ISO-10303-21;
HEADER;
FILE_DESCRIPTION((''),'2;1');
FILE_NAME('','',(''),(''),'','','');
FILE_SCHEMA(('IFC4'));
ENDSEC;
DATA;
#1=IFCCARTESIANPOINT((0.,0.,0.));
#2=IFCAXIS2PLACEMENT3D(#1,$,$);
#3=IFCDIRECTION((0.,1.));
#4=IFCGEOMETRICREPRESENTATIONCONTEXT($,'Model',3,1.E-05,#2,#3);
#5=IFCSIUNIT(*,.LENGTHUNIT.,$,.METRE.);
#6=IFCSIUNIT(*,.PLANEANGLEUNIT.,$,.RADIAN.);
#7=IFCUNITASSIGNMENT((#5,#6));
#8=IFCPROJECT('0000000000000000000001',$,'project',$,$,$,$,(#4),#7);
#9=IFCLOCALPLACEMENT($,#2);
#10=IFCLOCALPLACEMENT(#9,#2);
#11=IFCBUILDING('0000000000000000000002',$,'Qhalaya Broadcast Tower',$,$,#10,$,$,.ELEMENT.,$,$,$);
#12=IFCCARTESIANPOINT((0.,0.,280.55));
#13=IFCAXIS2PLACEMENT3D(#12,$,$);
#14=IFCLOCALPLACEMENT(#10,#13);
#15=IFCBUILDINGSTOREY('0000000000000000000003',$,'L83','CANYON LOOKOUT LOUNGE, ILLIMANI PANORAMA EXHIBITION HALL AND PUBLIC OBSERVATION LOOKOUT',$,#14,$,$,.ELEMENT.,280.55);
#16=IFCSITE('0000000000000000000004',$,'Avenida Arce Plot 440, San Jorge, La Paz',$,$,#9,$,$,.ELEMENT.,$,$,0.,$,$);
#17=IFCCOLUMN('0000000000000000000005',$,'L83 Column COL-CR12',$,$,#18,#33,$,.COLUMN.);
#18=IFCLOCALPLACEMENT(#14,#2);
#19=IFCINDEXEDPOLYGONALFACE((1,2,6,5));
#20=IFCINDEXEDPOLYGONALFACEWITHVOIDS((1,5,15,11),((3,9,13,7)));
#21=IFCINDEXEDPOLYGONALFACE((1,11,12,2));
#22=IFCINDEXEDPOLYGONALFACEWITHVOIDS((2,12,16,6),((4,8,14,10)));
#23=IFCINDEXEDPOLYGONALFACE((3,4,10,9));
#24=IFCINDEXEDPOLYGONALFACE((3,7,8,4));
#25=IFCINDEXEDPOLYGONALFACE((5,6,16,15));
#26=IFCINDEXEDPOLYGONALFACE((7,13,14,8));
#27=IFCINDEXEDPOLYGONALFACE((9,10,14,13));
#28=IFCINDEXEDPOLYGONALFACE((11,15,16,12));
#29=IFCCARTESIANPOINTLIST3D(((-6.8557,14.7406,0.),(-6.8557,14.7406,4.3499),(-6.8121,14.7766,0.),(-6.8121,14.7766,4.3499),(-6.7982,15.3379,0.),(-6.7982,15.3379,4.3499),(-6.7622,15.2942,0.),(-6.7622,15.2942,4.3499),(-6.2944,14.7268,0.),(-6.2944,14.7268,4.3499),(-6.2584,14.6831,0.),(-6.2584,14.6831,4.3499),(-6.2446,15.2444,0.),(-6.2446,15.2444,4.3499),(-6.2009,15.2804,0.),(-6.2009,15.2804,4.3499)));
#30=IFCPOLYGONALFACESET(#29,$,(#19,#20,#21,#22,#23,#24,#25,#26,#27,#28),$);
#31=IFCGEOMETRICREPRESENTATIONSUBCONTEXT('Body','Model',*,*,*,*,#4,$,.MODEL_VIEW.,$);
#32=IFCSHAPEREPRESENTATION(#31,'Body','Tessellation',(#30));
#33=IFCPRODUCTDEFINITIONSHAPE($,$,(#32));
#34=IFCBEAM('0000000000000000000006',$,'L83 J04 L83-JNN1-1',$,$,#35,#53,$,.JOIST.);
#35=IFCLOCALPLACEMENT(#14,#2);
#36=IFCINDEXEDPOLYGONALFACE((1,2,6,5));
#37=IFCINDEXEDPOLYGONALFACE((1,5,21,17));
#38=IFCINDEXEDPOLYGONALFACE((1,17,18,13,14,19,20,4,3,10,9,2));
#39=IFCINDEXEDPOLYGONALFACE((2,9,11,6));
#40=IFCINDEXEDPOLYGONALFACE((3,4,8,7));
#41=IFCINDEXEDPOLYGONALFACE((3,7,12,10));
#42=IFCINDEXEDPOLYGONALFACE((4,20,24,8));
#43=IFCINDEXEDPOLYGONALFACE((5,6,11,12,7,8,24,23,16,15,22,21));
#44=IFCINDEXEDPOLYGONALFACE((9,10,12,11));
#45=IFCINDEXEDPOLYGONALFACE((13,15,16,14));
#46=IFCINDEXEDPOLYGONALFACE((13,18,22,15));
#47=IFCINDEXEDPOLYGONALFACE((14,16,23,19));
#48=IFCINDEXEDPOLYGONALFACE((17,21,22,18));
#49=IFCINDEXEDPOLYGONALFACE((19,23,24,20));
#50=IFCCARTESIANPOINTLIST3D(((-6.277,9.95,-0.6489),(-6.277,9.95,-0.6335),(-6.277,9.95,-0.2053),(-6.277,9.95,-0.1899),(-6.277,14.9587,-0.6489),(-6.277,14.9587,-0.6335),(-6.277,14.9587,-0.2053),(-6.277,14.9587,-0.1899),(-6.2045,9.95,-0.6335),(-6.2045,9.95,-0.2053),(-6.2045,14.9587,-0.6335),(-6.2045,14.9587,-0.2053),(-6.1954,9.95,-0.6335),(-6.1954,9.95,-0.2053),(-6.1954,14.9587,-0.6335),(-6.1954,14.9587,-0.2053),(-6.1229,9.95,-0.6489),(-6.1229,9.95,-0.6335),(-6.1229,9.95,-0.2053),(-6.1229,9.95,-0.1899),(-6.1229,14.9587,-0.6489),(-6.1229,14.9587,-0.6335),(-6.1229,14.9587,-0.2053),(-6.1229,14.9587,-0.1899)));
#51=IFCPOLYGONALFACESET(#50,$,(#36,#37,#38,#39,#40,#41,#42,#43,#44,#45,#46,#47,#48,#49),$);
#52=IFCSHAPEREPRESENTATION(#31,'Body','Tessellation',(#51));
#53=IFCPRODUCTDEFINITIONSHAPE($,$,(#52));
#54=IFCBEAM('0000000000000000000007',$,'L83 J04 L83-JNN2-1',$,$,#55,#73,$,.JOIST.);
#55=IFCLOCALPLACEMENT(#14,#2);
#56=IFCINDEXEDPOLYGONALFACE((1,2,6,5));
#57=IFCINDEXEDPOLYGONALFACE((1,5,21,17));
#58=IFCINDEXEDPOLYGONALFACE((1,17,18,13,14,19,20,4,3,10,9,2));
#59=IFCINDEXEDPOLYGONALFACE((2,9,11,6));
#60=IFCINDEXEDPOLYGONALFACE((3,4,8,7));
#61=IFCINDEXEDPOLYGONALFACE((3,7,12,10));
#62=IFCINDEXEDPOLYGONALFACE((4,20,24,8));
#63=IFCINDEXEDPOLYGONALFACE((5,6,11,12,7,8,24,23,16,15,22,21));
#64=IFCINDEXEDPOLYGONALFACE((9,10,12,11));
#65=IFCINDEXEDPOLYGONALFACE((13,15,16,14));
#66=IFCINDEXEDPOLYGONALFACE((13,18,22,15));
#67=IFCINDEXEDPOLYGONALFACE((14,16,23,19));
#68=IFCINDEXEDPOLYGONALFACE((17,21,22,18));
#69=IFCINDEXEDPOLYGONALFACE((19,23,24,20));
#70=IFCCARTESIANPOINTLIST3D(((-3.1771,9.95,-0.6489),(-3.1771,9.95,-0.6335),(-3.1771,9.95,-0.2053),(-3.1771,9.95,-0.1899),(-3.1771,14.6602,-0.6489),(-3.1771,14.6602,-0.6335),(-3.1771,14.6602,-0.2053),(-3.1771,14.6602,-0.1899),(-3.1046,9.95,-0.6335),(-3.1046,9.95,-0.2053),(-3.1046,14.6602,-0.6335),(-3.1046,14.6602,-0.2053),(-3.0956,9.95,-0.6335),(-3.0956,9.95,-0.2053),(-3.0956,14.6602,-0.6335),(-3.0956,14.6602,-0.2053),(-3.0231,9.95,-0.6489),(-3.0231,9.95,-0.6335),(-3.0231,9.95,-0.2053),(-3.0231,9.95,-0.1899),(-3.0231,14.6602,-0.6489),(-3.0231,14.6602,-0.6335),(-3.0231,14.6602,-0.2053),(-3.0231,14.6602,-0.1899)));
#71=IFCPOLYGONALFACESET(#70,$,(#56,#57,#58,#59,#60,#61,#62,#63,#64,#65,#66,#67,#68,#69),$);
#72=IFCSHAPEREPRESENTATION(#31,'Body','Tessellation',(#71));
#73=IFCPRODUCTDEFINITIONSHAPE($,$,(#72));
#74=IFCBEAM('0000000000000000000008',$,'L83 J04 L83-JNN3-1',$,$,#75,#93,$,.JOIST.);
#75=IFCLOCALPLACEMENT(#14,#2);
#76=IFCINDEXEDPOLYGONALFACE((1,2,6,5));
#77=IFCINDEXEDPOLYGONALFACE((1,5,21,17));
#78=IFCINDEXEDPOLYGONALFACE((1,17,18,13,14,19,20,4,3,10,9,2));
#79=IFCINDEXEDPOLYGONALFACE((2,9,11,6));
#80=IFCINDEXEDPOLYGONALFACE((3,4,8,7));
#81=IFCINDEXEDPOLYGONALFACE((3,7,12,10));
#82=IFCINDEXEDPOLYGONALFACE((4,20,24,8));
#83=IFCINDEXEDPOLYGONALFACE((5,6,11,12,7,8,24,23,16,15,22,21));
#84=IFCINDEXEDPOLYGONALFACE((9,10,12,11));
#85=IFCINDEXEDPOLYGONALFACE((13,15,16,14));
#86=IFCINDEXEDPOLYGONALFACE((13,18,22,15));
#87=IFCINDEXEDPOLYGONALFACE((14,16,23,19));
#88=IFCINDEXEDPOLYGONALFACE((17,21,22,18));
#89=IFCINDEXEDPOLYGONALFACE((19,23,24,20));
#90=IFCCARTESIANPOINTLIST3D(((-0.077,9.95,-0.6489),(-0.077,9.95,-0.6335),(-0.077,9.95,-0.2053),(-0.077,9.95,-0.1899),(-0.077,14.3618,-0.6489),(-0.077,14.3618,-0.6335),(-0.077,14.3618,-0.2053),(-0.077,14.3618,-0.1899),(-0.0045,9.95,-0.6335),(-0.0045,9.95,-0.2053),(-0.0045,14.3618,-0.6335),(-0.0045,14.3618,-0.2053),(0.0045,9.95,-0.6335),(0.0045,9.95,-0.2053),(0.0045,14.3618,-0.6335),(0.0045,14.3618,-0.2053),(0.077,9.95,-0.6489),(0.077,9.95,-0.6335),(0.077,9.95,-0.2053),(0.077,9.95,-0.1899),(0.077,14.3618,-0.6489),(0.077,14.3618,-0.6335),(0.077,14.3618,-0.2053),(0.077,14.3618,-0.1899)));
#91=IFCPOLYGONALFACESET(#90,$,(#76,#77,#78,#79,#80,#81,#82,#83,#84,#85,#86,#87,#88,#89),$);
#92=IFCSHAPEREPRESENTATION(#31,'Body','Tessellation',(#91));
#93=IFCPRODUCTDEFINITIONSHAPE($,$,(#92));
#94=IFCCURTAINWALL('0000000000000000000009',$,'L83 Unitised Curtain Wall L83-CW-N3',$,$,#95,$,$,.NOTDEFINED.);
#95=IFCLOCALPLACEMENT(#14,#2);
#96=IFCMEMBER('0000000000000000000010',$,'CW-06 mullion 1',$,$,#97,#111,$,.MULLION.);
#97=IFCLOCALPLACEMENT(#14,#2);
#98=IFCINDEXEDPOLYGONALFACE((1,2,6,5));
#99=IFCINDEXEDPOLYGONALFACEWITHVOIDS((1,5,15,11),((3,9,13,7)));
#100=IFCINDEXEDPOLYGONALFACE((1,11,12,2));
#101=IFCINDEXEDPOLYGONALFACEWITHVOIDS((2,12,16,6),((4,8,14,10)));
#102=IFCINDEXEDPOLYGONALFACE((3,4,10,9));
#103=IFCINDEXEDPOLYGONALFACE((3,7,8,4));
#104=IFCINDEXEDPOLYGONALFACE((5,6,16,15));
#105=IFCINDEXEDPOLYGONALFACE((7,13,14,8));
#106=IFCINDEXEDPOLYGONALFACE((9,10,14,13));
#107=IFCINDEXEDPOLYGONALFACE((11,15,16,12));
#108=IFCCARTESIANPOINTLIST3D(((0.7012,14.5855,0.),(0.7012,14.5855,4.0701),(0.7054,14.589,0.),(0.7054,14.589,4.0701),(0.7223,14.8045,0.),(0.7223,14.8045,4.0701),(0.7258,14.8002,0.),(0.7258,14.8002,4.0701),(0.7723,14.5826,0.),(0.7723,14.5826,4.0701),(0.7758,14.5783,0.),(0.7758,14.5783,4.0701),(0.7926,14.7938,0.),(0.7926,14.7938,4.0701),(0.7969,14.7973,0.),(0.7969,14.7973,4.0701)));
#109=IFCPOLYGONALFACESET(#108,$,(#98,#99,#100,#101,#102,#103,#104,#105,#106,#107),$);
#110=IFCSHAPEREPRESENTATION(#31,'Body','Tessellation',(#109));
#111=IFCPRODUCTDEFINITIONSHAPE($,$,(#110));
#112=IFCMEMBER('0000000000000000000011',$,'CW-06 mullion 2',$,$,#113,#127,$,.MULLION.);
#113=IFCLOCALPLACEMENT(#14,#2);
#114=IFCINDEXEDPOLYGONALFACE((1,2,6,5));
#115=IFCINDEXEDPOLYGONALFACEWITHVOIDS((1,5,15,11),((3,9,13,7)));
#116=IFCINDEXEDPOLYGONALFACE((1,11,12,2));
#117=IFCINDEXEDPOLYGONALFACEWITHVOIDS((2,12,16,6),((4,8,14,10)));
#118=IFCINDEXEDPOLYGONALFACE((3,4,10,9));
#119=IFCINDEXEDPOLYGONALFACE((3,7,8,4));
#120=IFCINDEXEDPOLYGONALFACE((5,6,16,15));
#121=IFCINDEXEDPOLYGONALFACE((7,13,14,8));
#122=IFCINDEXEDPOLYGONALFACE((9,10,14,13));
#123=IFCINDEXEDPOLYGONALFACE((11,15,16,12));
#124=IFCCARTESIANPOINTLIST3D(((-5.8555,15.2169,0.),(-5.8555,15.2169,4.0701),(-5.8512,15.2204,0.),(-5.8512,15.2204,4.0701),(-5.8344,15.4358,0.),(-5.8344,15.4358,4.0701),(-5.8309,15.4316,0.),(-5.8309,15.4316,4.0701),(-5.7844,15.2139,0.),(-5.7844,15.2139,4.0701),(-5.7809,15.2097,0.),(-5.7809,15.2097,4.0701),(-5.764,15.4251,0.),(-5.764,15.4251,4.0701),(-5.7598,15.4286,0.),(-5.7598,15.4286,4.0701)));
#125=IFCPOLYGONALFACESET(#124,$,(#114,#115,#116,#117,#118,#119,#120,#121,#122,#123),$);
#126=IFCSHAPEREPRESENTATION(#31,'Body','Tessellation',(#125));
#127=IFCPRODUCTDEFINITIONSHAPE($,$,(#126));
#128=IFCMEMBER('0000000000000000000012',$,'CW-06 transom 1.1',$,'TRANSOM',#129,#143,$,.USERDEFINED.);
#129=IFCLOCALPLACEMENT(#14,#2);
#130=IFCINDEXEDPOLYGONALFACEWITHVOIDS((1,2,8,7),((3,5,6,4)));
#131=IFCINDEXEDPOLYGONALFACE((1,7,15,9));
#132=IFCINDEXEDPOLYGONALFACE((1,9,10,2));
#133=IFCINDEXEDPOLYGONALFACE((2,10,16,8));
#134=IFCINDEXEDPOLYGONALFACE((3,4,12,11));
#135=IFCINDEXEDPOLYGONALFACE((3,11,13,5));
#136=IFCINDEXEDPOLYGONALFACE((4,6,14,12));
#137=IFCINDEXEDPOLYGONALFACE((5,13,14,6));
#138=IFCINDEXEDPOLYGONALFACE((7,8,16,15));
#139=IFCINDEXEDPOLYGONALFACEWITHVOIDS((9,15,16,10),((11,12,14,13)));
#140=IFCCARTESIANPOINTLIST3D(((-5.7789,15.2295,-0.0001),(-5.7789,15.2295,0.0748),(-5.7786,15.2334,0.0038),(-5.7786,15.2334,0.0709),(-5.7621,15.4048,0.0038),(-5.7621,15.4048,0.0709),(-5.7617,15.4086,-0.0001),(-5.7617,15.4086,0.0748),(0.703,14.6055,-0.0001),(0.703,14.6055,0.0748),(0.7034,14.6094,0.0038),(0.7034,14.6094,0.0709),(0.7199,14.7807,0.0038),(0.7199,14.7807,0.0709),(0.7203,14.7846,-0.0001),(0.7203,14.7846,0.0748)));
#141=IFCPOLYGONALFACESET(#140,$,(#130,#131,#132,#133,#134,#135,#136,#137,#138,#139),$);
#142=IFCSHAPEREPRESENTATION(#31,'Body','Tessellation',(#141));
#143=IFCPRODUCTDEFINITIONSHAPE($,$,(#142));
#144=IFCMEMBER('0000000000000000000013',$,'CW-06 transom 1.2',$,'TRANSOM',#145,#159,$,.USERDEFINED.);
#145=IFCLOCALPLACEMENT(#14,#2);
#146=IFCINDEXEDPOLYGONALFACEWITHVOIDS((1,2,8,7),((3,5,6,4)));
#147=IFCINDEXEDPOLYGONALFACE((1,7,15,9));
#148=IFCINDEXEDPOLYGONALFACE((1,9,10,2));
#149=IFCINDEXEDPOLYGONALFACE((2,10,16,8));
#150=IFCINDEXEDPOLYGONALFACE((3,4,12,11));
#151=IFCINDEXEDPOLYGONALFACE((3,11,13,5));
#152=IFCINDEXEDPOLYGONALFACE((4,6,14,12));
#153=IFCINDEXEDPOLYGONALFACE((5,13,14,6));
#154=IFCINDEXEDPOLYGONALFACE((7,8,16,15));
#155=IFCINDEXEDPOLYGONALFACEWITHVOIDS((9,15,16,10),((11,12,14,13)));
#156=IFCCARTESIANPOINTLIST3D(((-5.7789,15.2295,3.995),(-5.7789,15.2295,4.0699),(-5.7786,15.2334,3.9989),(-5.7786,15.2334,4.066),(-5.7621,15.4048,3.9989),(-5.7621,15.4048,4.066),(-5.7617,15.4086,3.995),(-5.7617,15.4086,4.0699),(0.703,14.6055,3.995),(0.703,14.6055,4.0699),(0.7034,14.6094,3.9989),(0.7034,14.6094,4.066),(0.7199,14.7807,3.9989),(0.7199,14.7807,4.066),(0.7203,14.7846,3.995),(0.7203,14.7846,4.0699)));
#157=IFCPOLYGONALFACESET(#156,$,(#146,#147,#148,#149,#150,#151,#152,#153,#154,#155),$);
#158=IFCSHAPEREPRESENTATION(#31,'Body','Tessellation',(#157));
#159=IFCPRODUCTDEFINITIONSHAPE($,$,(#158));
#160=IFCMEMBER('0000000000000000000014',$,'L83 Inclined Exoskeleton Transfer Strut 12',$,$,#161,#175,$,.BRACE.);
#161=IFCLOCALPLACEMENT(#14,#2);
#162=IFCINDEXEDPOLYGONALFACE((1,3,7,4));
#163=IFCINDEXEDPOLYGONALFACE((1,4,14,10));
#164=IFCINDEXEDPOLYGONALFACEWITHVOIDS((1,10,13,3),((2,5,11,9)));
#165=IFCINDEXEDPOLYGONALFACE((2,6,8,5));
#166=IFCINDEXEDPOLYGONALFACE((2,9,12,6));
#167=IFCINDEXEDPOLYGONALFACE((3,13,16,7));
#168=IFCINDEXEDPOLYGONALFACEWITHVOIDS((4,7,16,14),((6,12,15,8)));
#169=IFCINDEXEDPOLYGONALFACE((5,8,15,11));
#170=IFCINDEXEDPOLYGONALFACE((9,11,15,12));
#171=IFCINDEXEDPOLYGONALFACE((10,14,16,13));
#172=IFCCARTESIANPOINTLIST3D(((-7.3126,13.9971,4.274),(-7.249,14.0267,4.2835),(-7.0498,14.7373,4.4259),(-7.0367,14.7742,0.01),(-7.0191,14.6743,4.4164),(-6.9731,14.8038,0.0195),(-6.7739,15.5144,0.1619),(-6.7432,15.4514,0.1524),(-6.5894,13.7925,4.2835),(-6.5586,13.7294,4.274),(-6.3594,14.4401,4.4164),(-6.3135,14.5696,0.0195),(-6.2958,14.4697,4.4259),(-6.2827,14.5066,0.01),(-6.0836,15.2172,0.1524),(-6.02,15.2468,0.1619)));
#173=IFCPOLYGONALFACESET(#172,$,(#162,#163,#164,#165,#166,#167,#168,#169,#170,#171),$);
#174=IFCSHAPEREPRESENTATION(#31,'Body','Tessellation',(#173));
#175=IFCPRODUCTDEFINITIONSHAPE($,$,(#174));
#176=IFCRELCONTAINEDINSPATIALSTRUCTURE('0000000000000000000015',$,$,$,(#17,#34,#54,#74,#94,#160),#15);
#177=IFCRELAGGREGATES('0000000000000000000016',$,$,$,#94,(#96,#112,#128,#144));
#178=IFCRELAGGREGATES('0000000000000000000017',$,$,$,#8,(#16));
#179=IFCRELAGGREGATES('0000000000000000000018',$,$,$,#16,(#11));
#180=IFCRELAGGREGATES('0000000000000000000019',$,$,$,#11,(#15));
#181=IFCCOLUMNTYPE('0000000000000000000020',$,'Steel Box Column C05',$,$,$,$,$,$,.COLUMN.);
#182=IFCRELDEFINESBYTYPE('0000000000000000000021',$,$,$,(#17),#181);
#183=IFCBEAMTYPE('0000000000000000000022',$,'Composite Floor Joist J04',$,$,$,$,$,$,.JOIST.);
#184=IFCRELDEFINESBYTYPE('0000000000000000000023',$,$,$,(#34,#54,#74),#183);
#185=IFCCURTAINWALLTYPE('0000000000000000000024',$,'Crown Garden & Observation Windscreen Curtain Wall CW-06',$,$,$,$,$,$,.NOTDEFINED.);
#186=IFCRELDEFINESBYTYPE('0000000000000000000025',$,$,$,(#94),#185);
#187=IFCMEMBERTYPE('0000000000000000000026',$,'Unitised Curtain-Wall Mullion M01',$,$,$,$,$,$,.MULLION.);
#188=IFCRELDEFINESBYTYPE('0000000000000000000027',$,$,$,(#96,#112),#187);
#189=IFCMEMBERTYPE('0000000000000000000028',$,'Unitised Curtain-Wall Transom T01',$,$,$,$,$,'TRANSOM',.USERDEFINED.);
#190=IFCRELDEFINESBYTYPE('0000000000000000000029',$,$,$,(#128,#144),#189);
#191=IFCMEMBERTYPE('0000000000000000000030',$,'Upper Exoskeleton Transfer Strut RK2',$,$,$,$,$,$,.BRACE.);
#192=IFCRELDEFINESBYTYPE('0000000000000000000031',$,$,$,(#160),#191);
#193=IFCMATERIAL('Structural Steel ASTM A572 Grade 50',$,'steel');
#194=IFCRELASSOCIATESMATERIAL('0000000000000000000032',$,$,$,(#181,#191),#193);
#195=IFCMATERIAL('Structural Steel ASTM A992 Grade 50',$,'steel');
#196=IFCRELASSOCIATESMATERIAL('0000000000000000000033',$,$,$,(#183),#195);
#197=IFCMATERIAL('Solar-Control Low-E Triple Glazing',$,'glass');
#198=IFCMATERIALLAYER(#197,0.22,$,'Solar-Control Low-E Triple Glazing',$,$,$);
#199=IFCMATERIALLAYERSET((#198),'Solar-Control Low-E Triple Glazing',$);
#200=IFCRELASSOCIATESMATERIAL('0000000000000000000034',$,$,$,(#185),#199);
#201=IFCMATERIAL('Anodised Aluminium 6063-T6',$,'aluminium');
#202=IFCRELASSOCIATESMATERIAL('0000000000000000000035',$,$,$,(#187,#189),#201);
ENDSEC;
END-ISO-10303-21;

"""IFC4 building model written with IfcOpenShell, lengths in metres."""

from ifc_helpers import new_model, si_unit, direction, frame, origin, origin_2d, place, context, subcontext, project, spatial, hollow_rectangle, i_section, extrude, material, layer, layer_set, material_profile, profile_set, type_object, element, aggregate, save


model = new_model("IFC4")

# Units and contexts
model_context = context("Model", 3, precision=1e-05, world=origin(), true_north=direction((0.0, 1.0)))
body_context = subcontext(model_context, "Body", "Model", "MODEL_VIEW")
ifc_project = project(units=[si_unit("LENGTHUNIT", "METRE"), si_unit("PLANEANGLEUNIT", "RADIAN")], contexts=[model_context])

# Site, building, storey
site_placement = place(None, origin())
site = spatial("IfcSite", under=ifc_project, at=site_placement, Name="Avenida Arce Plot 440, San Jorge, La Paz", CompositionType="ELEMENT", RefElevation=0.0)
building_placement = place(site_placement, origin())
building = spatial("IfcBuilding", under=site, at=building_placement, Name="Qhalaya Broadcast Tower", CompositionType="ELEMENT")
storey_placement = place(building_placement, frame((0.0, 0.0, 280.55)))
storey = spatial("IfcBuildingStorey", under=building, at=storey_placement, Name="L83", Description="CANYON LOOKOUT LOUNGE, ILLIMANI PANORAMA EXHIBITION HALL AND PUBLIC OBSERVATION LOOKOUT", CompositionType="ELEMENT", Elevation=280.55)

# Column
ifc_material_1 = material(Name="Structural Steel ASTM A572 Grade 50", Category="steel")
ifc_material_profile_1 = material_profile(ifc_material_1, hollow_rectangle(XDim=0.6001, YDim=0.6001, WallThickness=0.04, at=origin_2d()), Name="BOX 600x600x40")
ifc_profile_set_1 = profile_set([ifc_material_profile_1], Name="Structural Steel ASTM A572 Grade 50")
column_type = type_object("IfcColumnType", Name="Steel Box Column C05", PredefinedType="COLUMN", material=ifc_profile_set_1)
column_placement = place(storey_placement, frame((-6.5283, 15.0105, 0.0), z_axis=(0.0, 0.0, 1.0), x_axis=(0.995396, -0.095846, 0.0)))
element("IfcColumn", 1, at=column_placement, inside=storey, type_object=column_type, Name="L83 Column COL-CR12", PredefinedType="COLUMN", context=body_context, shape_type="SweptSolid", body=[
    extrude(hollow_rectangle(XDim=0.6001, YDim=0.6001, WallThickness=0.04, at=origin_2d()), origin(), (0.0, 0.0, 1.0), 4.3499),
])

# Beams
ifc_material_2 = material(Name="Structural Steel ASTM A992 Grade 50", Category="steel")
ifc_material_profile_2 = material_profile(ifc_material_2, i_section(OverallWidth=0.1541, OverallDepth=0.459, WebThickness=0.009, FlangeThickness=0.0154, at=origin_2d()), Name="W18X46")
ifc_profile_set_2 = profile_set([ifc_material_profile_2], Name="Structural Steel ASTM A992 Grade 50")
beam_type_1 = type_object("IfcBeamType", Name="Composite Floor Joist J04", PredefinedType="JOIST", material=ifc_profile_set_2)
beam_1_placement = place(storey_placement, frame((-6.2, 9.95, -0.4194), z_axis=(0.0, 1.0, 0.0), x_axis=(-1.0, 0.0, 0.0)))
element("IfcBeam", 2, at=beam_1_placement, inside=storey, type_object=beam_type_1, Name="L83 J04 L83-JNN1-1", PredefinedType="JOIST", context=body_context, shape_type="SweptSolid", body=[
    extrude(i_section(OverallWidth=0.1541, OverallDepth=0.459, WebThickness=0.009, FlangeThickness=0.0154, at=origin_2d()), origin(), (0.0, 0.0, 1.0), 5.0088),
])
beam_2_placement = place(storey_placement, frame((-3.1001, 9.95, -0.4194), z_axis=(0.0, 1.0, 0.0), x_axis=(-1.0, 0.0, 0.0)))
element("IfcBeam", 3, at=beam_2_placement, inside=storey, type_object=beam_type_1, Name="L83 J04 L83-JNN2-1", PredefinedType="JOIST", context=body_context, shape_type="SweptSolid", body=[
    extrude(i_section(OverallWidth=0.1541, OverallDepth=0.459, WebThickness=0.009, FlangeThickness=0.0154, at=origin_2d()), origin(), (0.0, 0.0, 1.0), 4.7102),
])
beam_3_placement = place(storey_placement, frame((0.0, 9.95, -0.4194), z_axis=(0.0, 1.0, 0.0), x_axis=(-1.0, 0.0, 0.0)))
element("IfcBeam", 4, at=beam_3_placement, inside=storey, type_object=beam_type_1, Name="L83 J04 L83-JNN3-1", PredefinedType="JOIST", context=body_context, shape_type="SweptSolid", body=[
    extrude(i_section(OverallWidth=0.1541, OverallDepth=0.459, WebThickness=0.009, FlangeThickness=0.0154, at=origin_2d()), origin(), (0.0, 0.0, 1.0), 4.4119),
])

# Curtain wall, members
ifc_material_3 = material(Name="Solar-Control Low-E Triple Glazing", Category="glass")
ifc_layer_1 = layer(ifc_material_3, 0.22, Name="Solar-Control Low-E Triple Glazing")
ifc_layer_set_1 = layer_set([ifc_layer_1], Name="Solar-Control Low-E Triple Glazing")
curtain_wall_type = type_object("IfcCurtainWallType", Name="Crown Garden & Observation Windscreen Curtain Wall CW-06", PredefinedType="NOTDEFINED", material=ifc_layer_set_1)
curtain_wall_placement = place(storey_placement, origin())
curtain_wall = element("IfcCurtainWall", 5, at=curtain_wall_placement, inside=storey, type_object=curtain_wall_type, Name="L83 Unitised Curtain Wall L83-CW-N3", PredefinedType="NOTDEFINED")
ifc_material_4 = material(Name="Anodised Aluminium 6063-T6", Category="aluminium")
ifc_material_profile_3 = material_profile(ifc_material_4, hollow_rectangle(XDim=0.075, YDim=0.22, WallThickness=0.0039, at=origin_2d()), Name="ALU-MUL 75x220x4")
ifc_profile_set_3 = profile_set([ifc_material_profile_3], Name="Anodised Aluminium 6063-T6")
member_type_1 = type_object("IfcMemberType", Name="Unitised Curtain-Wall Mullion M01", PredefinedType="MULLION", material=ifc_profile_set_3)
member_1_placement = place(storey_placement, frame((0.749, 14.6914, 0.0), z_axis=(0.0, 0.0, 1.0), x_axis=(-0.995397, 0.095843, 0.0)))
member_1 = element("IfcMember", 6, at=member_1_placement, type_object=member_type_1, Name="CW-06 mullion 1", PredefinedType="MULLION", context=body_context, shape_type="SweptSolid", body=[
    extrude(hollow_rectangle(XDim=0.075, YDim=0.22, WallThickness=0.0039, at=origin_2d()), origin(), (0.0, 0.0, 1.0), 4.0701),
])
member_2_placement = place(storey_placement, frame((-5.8076, 15.3228, 0.0), z_axis=(0.0, 0.0, 1.0), x_axis=(-0.995397, 0.095843, 0.0)))
member_2 = element("IfcMember", 7, at=member_2_placement, type_object=member_type_1, Name="CW-06 mullion 2", PredefinedType="MULLION", context=body_context, shape_type="SweptSolid", body=[
    extrude(hollow_rectangle(XDim=0.075, YDim=0.22, WallThickness=0.0039, at=origin_2d()), origin(), (0.0, 0.0, 1.0), 4.0701),
])
ifc_material_profile_4 = material_profile(ifc_material_4, hollow_rectangle(XDim=0.075, YDim=0.1799, WallThickness=0.0039, at=origin_2d()), Name="ALU-TRN 75x180x4")
ifc_profile_set_4 = profile_set([ifc_material_profile_4], Name="Anodised Aluminium 6063-T6")
member_type_2 = type_object("IfcMemberType", Name="Unitised Curtain-Wall Transom T01", ElementType="TRANSOM", PredefinedType="USERDEFINED", material=ifc_profile_set_4)
member_3_placement = place(storey_placement, frame((0.7117, 14.6951, 0.0374), z_axis=(-0.995398, 0.095828, 0.0), x_axis=(0.0, 0.0, 1.0)))
member_3 = element("IfcMember", 8, at=member_3_placement, type_object=member_type_2, Name="CW-06 transom 1.1", ObjectType="TRANSOM", PredefinedType="USERDEFINED", context=body_context, shape_type="SweptSolid", body=[
    extrude(hollow_rectangle(XDim=0.075, YDim=0.1799, WallThickness=0.0039, at=origin_2d()), origin(), (0.0, 0.0, 1.0), 6.512),
])
member_4_placement = place(storey_placement, frame((0.7117, 14.6951, 4.0325), z_axis=(-0.995398, 0.095828, 0.0), x_axis=(0.0, 0.0, 1.0)))
member_4 = element("IfcMember", 9, at=member_4_placement, type_object=member_type_2, Name="CW-06 transom 1.2", ObjectType="TRANSOM", PredefinedType="USERDEFINED", context=body_context, shape_type="SweptSolid", body=[
    extrude(hollow_rectangle(XDim=0.075, YDim=0.1799, WallThickness=0.0039, at=origin_2d()), origin(), (0.0, 0.0, 1.0), 6.512),
])

# Member
ifc_material_profile_5 = material_profile(ifc_material_1, hollow_rectangle(XDim=0.8, YDim=0.8, WallThickness=0.05, at=origin_2d()), Name="BOX 800x800x50")
ifc_profile_set_5 = profile_set([ifc_material_profile_5], Name="Structural Steel ASTM A572 Grade 50")
member_type_3 = type_object("IfcMemberType", Name="Upper Exoskeleton Transfer Strut RK2", PredefinedType="BRACE", material=ifc_profile_set_5)
member_5_placement = place(storey_placement, frame((-6.5283, 15.0105, 0.0859), z_axis=(-0.063524, -0.178935, 0.981808), x_axis=(0.942377, -0.334554, 0.0)))
element("IfcMember", 10, at=member_5_placement, inside=storey, type_object=member_type_3, Name="L83 Inclined Exoskeleton Transfer Strut 12", PredefinedType="BRACE", context=body_context, shape_type="SweptSolid", body=[
    extrude(hollow_rectangle(XDim=0.8, YDim=0.8, WallThickness=0.05, at=origin_2d()), origin(), (0.0, 0.0, 1.0), 4.343),
])

aggregate(curtain_wall, [member_1, member_2, member_3, member_4])

save(model, "model.ifc")
